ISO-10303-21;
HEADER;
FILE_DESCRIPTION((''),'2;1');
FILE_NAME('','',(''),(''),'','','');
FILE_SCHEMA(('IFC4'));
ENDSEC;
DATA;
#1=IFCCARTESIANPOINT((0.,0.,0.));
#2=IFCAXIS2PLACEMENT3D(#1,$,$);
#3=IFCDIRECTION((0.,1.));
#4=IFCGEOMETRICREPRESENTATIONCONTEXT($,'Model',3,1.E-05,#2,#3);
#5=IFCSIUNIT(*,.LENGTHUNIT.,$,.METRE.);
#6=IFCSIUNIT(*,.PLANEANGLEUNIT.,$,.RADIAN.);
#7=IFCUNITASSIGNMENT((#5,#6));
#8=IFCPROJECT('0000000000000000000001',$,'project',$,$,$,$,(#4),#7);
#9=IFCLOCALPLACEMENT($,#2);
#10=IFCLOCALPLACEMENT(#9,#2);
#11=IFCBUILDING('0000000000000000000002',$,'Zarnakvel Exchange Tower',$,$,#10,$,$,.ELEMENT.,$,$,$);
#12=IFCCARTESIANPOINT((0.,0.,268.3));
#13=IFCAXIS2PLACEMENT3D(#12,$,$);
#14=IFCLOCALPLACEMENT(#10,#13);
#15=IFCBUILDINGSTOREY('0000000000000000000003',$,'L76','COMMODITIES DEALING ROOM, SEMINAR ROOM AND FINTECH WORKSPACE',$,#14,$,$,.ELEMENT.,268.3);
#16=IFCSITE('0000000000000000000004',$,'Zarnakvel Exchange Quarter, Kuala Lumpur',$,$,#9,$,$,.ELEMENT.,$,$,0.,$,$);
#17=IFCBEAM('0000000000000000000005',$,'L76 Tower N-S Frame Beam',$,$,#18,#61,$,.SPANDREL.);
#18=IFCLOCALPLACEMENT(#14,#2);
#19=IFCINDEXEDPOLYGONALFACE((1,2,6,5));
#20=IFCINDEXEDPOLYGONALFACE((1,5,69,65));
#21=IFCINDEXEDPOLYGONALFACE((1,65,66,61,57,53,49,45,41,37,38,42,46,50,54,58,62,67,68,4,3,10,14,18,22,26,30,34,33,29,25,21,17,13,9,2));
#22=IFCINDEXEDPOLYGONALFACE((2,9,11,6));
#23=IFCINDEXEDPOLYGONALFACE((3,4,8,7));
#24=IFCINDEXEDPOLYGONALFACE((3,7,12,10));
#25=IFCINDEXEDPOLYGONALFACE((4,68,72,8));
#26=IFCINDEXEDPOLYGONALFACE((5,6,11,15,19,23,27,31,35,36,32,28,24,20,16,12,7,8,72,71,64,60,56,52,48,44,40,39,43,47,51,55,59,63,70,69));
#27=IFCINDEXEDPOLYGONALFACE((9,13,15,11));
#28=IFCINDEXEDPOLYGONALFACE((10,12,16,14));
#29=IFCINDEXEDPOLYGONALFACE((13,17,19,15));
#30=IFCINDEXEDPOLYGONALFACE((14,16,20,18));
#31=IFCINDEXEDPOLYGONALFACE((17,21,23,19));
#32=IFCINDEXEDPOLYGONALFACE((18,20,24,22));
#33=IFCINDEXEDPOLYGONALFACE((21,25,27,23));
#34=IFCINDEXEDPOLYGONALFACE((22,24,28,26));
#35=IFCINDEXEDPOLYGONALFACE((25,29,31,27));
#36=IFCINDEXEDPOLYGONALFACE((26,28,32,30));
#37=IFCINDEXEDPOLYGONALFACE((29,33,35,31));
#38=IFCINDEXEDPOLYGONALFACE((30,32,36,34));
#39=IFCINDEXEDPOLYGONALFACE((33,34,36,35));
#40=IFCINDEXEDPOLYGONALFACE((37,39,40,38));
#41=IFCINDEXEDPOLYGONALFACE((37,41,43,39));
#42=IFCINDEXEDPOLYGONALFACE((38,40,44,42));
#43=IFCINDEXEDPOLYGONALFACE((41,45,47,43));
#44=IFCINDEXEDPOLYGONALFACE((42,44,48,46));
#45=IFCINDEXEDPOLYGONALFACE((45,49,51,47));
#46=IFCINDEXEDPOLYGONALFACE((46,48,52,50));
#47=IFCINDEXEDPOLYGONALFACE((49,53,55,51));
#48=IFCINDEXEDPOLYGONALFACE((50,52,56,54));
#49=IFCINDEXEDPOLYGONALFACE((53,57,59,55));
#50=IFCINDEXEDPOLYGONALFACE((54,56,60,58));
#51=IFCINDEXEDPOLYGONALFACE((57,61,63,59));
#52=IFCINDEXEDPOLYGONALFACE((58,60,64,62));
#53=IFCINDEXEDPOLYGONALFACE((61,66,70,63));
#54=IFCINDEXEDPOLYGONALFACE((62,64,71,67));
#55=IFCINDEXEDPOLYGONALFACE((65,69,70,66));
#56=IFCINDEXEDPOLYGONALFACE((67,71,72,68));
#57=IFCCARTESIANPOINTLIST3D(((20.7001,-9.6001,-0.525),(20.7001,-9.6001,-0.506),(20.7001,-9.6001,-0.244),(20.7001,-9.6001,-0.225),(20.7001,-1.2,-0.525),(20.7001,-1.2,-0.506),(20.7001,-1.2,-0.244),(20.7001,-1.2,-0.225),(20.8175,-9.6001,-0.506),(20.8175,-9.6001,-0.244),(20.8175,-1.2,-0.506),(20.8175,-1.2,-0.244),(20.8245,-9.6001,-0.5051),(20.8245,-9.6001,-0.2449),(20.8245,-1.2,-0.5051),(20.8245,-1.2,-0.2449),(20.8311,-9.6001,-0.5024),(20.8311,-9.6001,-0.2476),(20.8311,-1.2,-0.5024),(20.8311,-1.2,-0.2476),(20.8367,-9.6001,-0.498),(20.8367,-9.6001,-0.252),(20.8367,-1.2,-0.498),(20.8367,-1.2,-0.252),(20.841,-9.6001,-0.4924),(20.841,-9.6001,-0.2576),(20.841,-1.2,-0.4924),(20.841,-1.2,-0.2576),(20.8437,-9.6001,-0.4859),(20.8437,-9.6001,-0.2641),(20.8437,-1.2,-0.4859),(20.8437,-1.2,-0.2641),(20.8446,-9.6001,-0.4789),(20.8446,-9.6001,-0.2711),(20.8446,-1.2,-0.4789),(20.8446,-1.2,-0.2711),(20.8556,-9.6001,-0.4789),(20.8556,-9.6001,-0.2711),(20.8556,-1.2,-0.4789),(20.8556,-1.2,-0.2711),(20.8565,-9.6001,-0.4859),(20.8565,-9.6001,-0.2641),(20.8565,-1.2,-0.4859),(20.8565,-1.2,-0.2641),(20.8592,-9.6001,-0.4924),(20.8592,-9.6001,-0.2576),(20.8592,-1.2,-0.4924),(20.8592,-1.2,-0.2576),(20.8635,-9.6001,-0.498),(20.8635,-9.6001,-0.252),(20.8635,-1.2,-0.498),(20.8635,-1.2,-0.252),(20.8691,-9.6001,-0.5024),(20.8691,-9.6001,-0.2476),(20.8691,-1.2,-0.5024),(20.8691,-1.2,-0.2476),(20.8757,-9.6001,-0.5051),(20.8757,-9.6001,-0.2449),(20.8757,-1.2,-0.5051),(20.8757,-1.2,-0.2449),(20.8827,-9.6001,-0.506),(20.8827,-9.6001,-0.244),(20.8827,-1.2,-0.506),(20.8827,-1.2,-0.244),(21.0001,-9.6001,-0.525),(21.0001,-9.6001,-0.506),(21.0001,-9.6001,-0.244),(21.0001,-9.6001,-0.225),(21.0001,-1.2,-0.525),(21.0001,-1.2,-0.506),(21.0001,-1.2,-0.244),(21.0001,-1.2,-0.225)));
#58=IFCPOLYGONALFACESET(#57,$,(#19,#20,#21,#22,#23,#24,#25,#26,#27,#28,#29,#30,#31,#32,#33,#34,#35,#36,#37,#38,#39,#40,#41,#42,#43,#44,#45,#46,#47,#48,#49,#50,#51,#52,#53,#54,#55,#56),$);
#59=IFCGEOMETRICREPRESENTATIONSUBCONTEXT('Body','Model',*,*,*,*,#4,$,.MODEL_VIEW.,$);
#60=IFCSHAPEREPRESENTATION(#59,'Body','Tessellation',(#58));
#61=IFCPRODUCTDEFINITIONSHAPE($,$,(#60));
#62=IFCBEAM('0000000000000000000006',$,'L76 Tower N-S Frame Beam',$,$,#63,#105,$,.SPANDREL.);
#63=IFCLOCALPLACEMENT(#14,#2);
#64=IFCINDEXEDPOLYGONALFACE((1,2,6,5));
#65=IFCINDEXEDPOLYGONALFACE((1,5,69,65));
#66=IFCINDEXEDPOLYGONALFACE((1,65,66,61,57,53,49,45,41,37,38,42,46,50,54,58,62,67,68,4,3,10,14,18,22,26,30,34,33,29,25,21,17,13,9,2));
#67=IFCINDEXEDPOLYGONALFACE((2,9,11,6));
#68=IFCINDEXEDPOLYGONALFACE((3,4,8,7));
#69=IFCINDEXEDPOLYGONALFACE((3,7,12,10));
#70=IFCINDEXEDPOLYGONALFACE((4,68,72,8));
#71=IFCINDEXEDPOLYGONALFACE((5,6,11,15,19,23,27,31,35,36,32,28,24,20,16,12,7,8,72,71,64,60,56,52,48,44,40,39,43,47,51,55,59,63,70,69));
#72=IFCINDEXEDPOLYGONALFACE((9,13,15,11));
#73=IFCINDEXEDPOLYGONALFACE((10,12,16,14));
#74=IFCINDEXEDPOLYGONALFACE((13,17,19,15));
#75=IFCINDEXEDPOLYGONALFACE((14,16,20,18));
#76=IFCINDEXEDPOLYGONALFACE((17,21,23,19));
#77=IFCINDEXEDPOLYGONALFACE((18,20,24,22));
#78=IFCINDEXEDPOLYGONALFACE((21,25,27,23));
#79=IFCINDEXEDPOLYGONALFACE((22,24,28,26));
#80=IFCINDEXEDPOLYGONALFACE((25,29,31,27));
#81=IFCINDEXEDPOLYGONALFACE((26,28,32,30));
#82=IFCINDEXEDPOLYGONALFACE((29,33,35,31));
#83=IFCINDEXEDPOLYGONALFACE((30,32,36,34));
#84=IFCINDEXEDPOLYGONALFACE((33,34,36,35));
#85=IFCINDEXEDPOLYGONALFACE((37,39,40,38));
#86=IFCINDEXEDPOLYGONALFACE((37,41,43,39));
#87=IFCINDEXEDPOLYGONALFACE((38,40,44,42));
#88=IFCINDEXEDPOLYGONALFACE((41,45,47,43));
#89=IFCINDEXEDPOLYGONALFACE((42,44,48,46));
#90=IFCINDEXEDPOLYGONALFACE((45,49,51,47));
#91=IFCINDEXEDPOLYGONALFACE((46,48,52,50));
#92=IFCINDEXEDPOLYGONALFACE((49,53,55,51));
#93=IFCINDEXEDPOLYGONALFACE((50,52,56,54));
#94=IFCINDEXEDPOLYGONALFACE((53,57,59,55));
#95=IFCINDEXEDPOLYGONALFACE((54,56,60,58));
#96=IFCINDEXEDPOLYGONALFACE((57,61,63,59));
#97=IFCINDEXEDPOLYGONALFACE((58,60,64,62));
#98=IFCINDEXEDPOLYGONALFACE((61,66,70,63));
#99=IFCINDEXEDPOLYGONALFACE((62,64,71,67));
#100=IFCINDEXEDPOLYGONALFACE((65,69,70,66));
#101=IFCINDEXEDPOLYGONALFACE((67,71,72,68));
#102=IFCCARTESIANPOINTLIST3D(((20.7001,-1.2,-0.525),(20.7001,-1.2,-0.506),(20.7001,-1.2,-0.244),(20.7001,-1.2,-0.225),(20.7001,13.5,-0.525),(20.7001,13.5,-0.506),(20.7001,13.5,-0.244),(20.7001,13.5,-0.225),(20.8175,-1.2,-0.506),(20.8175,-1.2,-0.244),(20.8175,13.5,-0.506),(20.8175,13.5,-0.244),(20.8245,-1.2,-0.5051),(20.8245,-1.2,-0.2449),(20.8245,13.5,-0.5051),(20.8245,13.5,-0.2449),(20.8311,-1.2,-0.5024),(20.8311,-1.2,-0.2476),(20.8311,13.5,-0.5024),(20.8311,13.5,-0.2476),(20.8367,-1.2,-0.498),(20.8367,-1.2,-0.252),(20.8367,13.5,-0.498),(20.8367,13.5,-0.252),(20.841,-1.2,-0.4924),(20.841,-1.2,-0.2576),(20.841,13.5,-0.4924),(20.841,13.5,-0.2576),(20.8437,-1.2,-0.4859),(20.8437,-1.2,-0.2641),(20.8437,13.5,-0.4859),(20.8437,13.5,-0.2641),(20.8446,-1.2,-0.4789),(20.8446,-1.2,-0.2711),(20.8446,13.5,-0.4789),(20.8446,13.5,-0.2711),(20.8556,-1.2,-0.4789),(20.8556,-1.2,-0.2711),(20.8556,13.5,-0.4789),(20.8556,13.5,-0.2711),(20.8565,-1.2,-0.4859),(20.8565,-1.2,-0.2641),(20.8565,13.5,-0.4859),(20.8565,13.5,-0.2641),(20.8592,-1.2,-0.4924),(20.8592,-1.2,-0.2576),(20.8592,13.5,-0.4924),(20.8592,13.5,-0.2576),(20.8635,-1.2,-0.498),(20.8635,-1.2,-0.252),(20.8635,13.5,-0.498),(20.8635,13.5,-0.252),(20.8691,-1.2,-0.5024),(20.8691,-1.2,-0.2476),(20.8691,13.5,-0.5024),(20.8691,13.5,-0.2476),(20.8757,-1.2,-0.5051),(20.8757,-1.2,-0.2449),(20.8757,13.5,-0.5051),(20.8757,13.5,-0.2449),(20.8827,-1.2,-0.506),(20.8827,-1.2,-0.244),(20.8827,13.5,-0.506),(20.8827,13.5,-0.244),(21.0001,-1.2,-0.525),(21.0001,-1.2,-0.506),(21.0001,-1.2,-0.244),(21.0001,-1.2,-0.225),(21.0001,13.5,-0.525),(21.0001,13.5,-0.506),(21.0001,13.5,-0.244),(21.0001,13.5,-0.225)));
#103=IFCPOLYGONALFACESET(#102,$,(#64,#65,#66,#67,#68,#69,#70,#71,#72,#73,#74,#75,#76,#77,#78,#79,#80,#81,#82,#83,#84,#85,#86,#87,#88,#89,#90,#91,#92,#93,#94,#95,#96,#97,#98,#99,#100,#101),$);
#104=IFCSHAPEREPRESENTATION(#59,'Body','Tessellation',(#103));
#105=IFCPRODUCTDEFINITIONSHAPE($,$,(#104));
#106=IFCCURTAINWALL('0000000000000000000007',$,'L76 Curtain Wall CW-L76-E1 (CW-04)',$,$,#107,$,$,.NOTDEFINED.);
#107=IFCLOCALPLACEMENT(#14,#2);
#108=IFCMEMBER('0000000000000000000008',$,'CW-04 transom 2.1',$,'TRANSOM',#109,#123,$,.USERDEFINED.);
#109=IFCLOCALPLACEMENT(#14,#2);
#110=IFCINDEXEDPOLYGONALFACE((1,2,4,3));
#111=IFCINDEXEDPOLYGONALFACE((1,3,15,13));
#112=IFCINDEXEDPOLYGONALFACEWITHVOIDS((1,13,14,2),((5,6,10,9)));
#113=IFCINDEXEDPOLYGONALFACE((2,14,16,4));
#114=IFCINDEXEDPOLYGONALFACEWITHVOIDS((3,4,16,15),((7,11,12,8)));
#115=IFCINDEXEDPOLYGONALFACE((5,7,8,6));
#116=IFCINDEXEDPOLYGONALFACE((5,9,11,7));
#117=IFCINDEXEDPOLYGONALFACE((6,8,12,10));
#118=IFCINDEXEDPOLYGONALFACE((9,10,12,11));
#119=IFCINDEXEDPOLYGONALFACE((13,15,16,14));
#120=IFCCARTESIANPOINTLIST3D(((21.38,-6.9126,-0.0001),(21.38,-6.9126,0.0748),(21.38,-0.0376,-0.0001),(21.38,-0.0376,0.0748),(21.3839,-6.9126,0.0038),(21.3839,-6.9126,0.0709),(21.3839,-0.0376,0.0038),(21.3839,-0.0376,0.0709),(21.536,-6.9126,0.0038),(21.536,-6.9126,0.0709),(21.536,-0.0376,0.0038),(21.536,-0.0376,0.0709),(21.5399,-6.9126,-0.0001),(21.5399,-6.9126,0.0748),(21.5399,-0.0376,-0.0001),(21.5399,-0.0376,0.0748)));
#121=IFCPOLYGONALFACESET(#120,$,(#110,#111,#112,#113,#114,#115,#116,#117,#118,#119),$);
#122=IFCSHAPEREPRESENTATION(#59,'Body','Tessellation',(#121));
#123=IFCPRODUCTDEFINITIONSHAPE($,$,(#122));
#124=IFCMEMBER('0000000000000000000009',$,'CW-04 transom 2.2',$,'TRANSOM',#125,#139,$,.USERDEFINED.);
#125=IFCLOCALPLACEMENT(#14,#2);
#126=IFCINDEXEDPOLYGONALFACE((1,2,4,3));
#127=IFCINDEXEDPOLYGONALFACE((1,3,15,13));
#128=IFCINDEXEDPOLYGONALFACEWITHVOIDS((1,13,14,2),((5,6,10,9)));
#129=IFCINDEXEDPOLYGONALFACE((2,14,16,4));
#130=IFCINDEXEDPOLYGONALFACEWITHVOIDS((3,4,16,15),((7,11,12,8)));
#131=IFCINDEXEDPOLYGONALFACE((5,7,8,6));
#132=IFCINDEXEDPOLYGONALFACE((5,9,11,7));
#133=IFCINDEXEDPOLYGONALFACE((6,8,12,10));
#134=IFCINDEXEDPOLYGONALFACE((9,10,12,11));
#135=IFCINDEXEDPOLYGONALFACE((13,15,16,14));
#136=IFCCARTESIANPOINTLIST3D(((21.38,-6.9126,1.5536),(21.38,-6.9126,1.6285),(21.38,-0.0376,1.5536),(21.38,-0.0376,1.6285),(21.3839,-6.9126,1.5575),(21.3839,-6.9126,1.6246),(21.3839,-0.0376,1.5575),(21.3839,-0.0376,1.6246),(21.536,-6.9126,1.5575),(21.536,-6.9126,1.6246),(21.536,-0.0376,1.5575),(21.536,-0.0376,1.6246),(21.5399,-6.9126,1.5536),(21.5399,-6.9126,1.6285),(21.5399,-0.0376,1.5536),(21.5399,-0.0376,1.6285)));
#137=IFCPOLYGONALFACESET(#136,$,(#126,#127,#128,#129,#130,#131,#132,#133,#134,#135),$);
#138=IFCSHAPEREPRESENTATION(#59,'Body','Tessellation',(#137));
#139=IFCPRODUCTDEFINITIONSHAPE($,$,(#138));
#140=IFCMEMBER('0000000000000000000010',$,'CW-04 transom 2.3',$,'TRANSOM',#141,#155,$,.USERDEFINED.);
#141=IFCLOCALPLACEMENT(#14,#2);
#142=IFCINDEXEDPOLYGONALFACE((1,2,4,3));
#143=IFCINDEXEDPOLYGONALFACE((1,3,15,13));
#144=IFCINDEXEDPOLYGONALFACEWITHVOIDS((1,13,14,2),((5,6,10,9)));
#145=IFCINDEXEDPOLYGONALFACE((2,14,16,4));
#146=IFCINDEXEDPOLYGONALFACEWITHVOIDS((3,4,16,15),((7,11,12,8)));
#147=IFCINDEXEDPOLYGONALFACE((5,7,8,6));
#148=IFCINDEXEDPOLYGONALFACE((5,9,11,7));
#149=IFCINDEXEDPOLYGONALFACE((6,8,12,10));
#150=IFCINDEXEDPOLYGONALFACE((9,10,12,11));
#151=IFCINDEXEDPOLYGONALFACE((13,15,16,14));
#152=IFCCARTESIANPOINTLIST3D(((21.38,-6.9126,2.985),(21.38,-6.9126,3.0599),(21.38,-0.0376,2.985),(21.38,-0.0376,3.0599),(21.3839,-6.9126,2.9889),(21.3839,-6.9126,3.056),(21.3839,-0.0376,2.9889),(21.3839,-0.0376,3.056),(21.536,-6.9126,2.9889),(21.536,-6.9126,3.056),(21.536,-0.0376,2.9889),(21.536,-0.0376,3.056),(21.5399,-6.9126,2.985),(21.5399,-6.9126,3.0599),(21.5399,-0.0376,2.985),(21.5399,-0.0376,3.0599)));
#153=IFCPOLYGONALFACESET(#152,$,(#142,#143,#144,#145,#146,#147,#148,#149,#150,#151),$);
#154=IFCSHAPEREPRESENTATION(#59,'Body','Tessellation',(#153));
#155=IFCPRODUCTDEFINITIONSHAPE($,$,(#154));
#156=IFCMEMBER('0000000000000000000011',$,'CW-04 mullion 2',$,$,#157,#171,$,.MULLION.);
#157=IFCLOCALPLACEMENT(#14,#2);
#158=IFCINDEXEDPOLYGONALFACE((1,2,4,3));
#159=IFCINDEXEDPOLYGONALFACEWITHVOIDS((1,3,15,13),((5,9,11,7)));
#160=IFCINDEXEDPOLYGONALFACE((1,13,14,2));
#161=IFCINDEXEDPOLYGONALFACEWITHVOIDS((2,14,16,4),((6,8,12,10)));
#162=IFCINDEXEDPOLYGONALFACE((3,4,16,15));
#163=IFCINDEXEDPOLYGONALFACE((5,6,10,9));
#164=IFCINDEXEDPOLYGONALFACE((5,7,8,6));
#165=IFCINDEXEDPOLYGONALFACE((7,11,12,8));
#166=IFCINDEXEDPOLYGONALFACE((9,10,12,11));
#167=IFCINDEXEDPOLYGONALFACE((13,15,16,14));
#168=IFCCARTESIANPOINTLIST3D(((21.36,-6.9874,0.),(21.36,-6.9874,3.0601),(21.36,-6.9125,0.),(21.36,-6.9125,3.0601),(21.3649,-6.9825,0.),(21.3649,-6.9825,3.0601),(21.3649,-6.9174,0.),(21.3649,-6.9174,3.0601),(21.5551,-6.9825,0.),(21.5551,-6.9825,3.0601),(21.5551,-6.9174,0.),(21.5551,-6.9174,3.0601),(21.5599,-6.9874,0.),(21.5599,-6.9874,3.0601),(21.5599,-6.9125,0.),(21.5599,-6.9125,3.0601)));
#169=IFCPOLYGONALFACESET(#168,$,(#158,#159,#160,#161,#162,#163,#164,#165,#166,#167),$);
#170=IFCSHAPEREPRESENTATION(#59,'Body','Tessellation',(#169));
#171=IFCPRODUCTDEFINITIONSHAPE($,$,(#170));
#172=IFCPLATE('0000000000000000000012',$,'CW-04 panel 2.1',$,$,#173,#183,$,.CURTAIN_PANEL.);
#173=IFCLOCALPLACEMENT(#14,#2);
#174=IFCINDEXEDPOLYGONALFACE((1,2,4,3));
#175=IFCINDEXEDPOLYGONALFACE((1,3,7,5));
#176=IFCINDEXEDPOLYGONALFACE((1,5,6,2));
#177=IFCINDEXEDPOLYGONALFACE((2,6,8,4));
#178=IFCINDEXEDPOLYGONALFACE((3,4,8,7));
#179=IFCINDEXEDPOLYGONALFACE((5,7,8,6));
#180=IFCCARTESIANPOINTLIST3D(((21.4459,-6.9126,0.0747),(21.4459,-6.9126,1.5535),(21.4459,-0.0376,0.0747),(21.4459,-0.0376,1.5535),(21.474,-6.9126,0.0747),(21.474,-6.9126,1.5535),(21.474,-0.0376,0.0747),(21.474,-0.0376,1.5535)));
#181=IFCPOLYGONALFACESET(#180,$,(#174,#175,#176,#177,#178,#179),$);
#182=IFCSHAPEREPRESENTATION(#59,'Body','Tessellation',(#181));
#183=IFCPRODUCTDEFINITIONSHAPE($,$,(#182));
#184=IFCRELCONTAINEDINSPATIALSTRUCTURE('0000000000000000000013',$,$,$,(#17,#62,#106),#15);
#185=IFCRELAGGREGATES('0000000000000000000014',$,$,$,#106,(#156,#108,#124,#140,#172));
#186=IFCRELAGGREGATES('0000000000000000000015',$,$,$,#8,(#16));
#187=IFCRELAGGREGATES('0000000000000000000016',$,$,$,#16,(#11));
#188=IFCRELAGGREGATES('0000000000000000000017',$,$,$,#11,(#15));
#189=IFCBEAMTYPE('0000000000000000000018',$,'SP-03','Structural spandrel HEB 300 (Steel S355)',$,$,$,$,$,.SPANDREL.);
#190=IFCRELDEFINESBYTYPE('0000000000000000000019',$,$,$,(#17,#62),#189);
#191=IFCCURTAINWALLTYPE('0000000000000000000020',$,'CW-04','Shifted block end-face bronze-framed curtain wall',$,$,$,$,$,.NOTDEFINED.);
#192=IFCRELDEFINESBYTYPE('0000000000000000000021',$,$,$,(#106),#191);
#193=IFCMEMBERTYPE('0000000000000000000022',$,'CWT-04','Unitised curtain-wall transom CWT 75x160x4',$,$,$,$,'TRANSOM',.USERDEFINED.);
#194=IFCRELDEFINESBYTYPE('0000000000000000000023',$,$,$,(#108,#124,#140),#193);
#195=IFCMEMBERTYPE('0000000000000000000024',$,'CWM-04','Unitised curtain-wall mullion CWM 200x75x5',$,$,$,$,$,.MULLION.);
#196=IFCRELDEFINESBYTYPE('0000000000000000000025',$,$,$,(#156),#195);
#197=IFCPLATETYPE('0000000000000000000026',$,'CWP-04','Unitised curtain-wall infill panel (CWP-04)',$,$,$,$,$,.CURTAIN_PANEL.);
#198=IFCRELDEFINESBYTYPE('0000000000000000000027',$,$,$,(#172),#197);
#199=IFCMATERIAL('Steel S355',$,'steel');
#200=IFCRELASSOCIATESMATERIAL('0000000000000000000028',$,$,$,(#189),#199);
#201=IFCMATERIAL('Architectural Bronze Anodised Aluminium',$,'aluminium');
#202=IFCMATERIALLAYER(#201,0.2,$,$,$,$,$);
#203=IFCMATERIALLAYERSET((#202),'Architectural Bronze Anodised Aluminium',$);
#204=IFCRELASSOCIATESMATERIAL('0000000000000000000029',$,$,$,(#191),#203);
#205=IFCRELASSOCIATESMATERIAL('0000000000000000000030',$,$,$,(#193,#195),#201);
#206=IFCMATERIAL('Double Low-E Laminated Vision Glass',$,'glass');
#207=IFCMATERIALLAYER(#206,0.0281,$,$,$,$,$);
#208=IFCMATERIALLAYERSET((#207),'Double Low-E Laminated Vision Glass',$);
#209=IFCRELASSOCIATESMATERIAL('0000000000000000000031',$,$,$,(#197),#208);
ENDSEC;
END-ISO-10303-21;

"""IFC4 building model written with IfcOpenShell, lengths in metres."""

from ifc_helpers import new_model, si_unit, direction, frame, origin, origin_2d, place, context, subcontext, project, spatial, rectangle, hollow_rectangle, i_section, extrude, source, transform, mapped, material, layer, layer_set, material_profile, profile_set, type_object, element, aggregate, save


model = new_model("IFC4")

# Units and contexts
model_context = context("Model", 3, precision=1e-05, world=origin(), true_north=direction((0.0, 1.0)))
body_context = subcontext(model_context, "Body", "Model", "MODEL_VIEW")
ifc_project = project(units=[si_unit("LENGTHUNIT", "METRE"), si_unit("PLANEANGLEUNIT", "RADIAN")], contexts=[model_context])

# Site, building, storey
site_placement = place(None, origin())
site = spatial("IfcSite", under=ifc_project, at=site_placement, Name="Zarnakvel Exchange Quarter, Kuala Lumpur", CompositionType="ELEMENT", RefElevation=0.0)
building_placement = place(site_placement, origin())
building = spatial("IfcBuilding", under=site, at=building_placement, Name="Zarnakvel Exchange Tower", CompositionType="ELEMENT")
storey_placement = place(building_placement, frame((0.0, 0.0, 268.3)))
storey = spatial("IfcBuildingStorey", under=building, at=storey_placement, Name="L76", Description="COMMODITIES DEALING ROOM, SEMINAR ROOM AND FINTECH WORKSPACE", CompositionType="ELEMENT", Elevation=268.3)

# Shared definitions
ifc_material_1 = material(Name="Steel S355", Category="steel")

# Beams
ifc_material_profile_1 = material_profile(ifc_material_1, i_section(OverallWidth=0.3, OverallDepth=0.3, WebThickness=0.011, FlangeThickness=0.019, FilletRadius=0.0271, at=origin_2d()))
ifc_profile_set_1 = profile_set([ifc_material_profile_1], Name="Steel S355")
beam_type_1 = type_object("IfcBeamType", Name="SP-03", Description="Structural spandrel HEB 300 (Steel S355)", PredefinedType="SPANDREL", material=ifc_profile_set_1)
beam_1_placement = place(storey_placement, frame((20.8501, -9.6001, -0.375), z_axis=(0.0, 1.0, 0.0), x_axis=(-1.0, 0.0, 0.0)))
element("IfcBeam", 1, at=beam_1_placement, inside=storey, type_object=beam_type_1, Name="L76 Tower N-S Frame Beam", PredefinedType="SPANDREL", context=body_context, shape_type="SweptSolid", body=[
    extrude(i_section(OverallWidth=0.3, OverallDepth=0.3, WebThickness=0.011, FlangeThickness=0.019, FilletRadius=0.0271, at=origin_2d()), origin(), (0.0, 0.0, 1.0), 8.4001),
])
beam_2_placement = place(storey_placement, frame((20.8501, -1.2, -0.375), z_axis=(0.0, 1.0, 0.0), x_axis=(-1.0, 0.0, 0.0)))
element("IfcBeam", 2, at=beam_2_placement, inside=storey, type_object=beam_type_1, Name="L76 Tower N-S Frame Beam", PredefinedType="SPANDREL", context=body_context, shape_type="SweptSolid", body=[
    extrude(i_section(OverallWidth=0.3, OverallDepth=0.3, WebThickness=0.011, FlangeThickness=0.019, FilletRadius=0.0271, at=origin_2d()), origin(), (0.0, 0.0, 1.0), 14.7),
])

# Curtain wall, members, plate
ifc_material_2 = material(Name="Architectural Bronze Anodised Aluminium", Category="aluminium")
ifc_layer_1 = layer(ifc_material_2, 0.2)
ifc_layer_set_1 = layer_set([ifc_layer_1], Name="Architectural Bronze Anodised Aluminium")
curtain_wall_type = type_object("IfcCurtainWallType", Name="CW-04", Description="Shifted block end-face bronze-framed curtain wall", PredefinedType="NOTDEFINED", material=ifc_layer_set_1)
curtain_wall_placement = place(storey_placement, origin())
curtain_wall = element("IfcCurtainWall", 3, at=curtain_wall_placement, inside=storey, type_object=curtain_wall_type, Name="L76 Curtain Wall CW-L76-E1 (CW-04)", PredefinedType="NOTDEFINED")
ifc_material_profile_2 = material_profile(ifc_material_2, hollow_rectangle(XDim=0.1599, YDim=0.075, WallThickness=0.0039, at=origin_2d()))
ifc_profile_set_2 = profile_set([ifc_material_profile_2], Name="Architectural Bronze Anodised Aluminium")
member_type_1 = type_object("IfcMemberType", Name="CWT-04", Description="Unitised curtain-wall transom CWT 75x160x4", ElementType="TRANSOM", PredefinedType="USERDEFINED", material=ifc_profile_set_2)
shared_shape_1 = source(origin(), body_context, "Body", "SweptSolid", [
    extrude(hollow_rectangle(XDim=0.1599, YDim=0.075, WallThickness=0.0039, at=origin_2d()), origin(), (0.0, 0.0, 1.0), 6.875),
])
member_1_placement = place(storey_placement, frame((21.46, -6.9126, 0.0374), z_axis=(0.0, 1.0, 0.0), x_axis=(-1.0, 0.0, 0.0)))
member_1 = element("IfcMember", 4, at=member_1_placement, type_object=member_type_1, Name="CW-04 transom 2.1", ObjectType="TRANSOM", PredefinedType="USERDEFINED", context=body_context, shape_type="MappedRepresentation", body=[
    mapped(shared_shape_1, transform((0.0, 0.0, 0.0), x_axis=(1.0, 0.0, 0.0), y_axis=(0.0, 1.0, 0.0), z_axis=(0.0, 0.0, 1.0), scale=1.0)),
])
member_2_placement = place(storey_placement, frame((21.46, -6.9126, 1.5911), z_axis=(0.0, 1.0, 0.0), x_axis=(-1.0, 0.0, 0.0)))
member_2 = element("IfcMember", 5, at=member_2_placement, type_object=member_type_1, Name="CW-04 transom 2.2", ObjectType="TRANSOM", PredefinedType="USERDEFINED", context=body_context, shape_type="MappedRepresentation", body=[
    mapped(shared_shape_1, transform((0.0, 0.0, 0.0), x_axis=(1.0, 0.0, 0.0), y_axis=(0.0, 1.0, 0.0), z_axis=(0.0, 0.0, 1.0), scale=1.0)),
])
member_3_placement = place(storey_placement, frame((21.46, -6.9126, 3.0225), z_axis=(0.0, 1.0, 0.0), x_axis=(-1.0, 0.0, 0.0)))
member_3 = element("IfcMember", 6, at=member_3_placement, type_object=member_type_1, Name="CW-04 transom 2.3", ObjectType="TRANSOM", PredefinedType="USERDEFINED", context=body_context, shape_type="MappedRepresentation", body=[
    mapped(shared_shape_1, transform((0.0, 0.0, 0.0), x_axis=(1.0, 0.0, 0.0), y_axis=(0.0, 1.0, 0.0), z_axis=(0.0, 0.0, 1.0), scale=1.0)),
])
ifc_material_profile_3 = material_profile(ifc_material_2, hollow_rectangle(XDim=0.2, YDim=0.075, WallThickness=0.0049, at=origin_2d()))
ifc_profile_set_3 = profile_set([ifc_material_profile_3], Name="Architectural Bronze Anodised Aluminium")
member_type_2 = type_object("IfcMemberType", Name="CWM-04", Description="Unitised curtain-wall mullion CWM 200x75x5", PredefinedType="MULLION", material=ifc_profile_set_3)
shared_shape_2 = source(origin(), body_context, "Body", "SweptSolid", [
    extrude(hollow_rectangle(XDim=0.2, YDim=0.075, WallThickness=0.0049, at=origin_2d()), origin(), (0.0, 0.0, 1.0), 3.0601),
])
member_4_placement = place(storey_placement, frame((21.46, -6.95, 0.0), z_axis=(0.0, 0.0, 1.0), x_axis=(-1.0, 0.0, 0.0)))
member_4 = element("IfcMember", 7, at=member_4_placement, type_object=member_type_2, Name="CW-04 mullion 2", PredefinedType="MULLION", context=body_context, shape_type="MappedRepresentation", body=[
    mapped(shared_shape_2, transform((0.0, 0.0, 0.0), x_axis=(1.0, 0.0, 0.0), y_axis=(0.0, 1.0, 0.0), z_axis=(0.0, 0.0, 1.0), scale=1.0)),
])
ifc_material_3 = material(Name="Double Low-E Laminated Vision Glass", Category="glass")
ifc_layer_2 = layer(ifc_material_3, 0.0281)
ifc_layer_set_2 = layer_set([ifc_layer_2], Name="Double Low-E Laminated Vision Glass")
plate_type = type_object("IfcPlateType", Name="CWP-04", Description="Unitised curtain-wall infill panel (CWP-04)", PredefinedType="CURTAIN_PANEL", material=ifc_layer_set_2)
shared_shape_3 = source(origin(), body_context, "Body", "SweptSolid", [
    extrude(rectangle(XDim=6.875, YDim=0.0281, at=origin_2d()), origin(), (0.0, 0.0, 1.0), 1.4788),
])
plate_1_placement = place(storey_placement, frame((21.46, -3.4751, 0.0747), z_axis=(0.0, 0.0, 1.0), x_axis=(0.0, 1.0, 0.0)))
plate_1 = element("IfcPlate", 8, at=plate_1_placement, type_object=plate_type, Name="CW-04 panel 2.1", PredefinedType="CURTAIN_PANEL", context=body_context, shape_type="MappedRepresentation", body=[
    mapped(shared_shape_3, transform((0.0, 0.0, 0.0), x_axis=(1.0, 0.0, 0.0), y_axis=(0.0, 1.0, 0.0), z_axis=(0.0, 0.0, 1.0), scale=1.0)),
])
aggregate(curtain_wall, [member_4, member_1, member_2, member_3, plate_1])

save(model, "model.ifc")
